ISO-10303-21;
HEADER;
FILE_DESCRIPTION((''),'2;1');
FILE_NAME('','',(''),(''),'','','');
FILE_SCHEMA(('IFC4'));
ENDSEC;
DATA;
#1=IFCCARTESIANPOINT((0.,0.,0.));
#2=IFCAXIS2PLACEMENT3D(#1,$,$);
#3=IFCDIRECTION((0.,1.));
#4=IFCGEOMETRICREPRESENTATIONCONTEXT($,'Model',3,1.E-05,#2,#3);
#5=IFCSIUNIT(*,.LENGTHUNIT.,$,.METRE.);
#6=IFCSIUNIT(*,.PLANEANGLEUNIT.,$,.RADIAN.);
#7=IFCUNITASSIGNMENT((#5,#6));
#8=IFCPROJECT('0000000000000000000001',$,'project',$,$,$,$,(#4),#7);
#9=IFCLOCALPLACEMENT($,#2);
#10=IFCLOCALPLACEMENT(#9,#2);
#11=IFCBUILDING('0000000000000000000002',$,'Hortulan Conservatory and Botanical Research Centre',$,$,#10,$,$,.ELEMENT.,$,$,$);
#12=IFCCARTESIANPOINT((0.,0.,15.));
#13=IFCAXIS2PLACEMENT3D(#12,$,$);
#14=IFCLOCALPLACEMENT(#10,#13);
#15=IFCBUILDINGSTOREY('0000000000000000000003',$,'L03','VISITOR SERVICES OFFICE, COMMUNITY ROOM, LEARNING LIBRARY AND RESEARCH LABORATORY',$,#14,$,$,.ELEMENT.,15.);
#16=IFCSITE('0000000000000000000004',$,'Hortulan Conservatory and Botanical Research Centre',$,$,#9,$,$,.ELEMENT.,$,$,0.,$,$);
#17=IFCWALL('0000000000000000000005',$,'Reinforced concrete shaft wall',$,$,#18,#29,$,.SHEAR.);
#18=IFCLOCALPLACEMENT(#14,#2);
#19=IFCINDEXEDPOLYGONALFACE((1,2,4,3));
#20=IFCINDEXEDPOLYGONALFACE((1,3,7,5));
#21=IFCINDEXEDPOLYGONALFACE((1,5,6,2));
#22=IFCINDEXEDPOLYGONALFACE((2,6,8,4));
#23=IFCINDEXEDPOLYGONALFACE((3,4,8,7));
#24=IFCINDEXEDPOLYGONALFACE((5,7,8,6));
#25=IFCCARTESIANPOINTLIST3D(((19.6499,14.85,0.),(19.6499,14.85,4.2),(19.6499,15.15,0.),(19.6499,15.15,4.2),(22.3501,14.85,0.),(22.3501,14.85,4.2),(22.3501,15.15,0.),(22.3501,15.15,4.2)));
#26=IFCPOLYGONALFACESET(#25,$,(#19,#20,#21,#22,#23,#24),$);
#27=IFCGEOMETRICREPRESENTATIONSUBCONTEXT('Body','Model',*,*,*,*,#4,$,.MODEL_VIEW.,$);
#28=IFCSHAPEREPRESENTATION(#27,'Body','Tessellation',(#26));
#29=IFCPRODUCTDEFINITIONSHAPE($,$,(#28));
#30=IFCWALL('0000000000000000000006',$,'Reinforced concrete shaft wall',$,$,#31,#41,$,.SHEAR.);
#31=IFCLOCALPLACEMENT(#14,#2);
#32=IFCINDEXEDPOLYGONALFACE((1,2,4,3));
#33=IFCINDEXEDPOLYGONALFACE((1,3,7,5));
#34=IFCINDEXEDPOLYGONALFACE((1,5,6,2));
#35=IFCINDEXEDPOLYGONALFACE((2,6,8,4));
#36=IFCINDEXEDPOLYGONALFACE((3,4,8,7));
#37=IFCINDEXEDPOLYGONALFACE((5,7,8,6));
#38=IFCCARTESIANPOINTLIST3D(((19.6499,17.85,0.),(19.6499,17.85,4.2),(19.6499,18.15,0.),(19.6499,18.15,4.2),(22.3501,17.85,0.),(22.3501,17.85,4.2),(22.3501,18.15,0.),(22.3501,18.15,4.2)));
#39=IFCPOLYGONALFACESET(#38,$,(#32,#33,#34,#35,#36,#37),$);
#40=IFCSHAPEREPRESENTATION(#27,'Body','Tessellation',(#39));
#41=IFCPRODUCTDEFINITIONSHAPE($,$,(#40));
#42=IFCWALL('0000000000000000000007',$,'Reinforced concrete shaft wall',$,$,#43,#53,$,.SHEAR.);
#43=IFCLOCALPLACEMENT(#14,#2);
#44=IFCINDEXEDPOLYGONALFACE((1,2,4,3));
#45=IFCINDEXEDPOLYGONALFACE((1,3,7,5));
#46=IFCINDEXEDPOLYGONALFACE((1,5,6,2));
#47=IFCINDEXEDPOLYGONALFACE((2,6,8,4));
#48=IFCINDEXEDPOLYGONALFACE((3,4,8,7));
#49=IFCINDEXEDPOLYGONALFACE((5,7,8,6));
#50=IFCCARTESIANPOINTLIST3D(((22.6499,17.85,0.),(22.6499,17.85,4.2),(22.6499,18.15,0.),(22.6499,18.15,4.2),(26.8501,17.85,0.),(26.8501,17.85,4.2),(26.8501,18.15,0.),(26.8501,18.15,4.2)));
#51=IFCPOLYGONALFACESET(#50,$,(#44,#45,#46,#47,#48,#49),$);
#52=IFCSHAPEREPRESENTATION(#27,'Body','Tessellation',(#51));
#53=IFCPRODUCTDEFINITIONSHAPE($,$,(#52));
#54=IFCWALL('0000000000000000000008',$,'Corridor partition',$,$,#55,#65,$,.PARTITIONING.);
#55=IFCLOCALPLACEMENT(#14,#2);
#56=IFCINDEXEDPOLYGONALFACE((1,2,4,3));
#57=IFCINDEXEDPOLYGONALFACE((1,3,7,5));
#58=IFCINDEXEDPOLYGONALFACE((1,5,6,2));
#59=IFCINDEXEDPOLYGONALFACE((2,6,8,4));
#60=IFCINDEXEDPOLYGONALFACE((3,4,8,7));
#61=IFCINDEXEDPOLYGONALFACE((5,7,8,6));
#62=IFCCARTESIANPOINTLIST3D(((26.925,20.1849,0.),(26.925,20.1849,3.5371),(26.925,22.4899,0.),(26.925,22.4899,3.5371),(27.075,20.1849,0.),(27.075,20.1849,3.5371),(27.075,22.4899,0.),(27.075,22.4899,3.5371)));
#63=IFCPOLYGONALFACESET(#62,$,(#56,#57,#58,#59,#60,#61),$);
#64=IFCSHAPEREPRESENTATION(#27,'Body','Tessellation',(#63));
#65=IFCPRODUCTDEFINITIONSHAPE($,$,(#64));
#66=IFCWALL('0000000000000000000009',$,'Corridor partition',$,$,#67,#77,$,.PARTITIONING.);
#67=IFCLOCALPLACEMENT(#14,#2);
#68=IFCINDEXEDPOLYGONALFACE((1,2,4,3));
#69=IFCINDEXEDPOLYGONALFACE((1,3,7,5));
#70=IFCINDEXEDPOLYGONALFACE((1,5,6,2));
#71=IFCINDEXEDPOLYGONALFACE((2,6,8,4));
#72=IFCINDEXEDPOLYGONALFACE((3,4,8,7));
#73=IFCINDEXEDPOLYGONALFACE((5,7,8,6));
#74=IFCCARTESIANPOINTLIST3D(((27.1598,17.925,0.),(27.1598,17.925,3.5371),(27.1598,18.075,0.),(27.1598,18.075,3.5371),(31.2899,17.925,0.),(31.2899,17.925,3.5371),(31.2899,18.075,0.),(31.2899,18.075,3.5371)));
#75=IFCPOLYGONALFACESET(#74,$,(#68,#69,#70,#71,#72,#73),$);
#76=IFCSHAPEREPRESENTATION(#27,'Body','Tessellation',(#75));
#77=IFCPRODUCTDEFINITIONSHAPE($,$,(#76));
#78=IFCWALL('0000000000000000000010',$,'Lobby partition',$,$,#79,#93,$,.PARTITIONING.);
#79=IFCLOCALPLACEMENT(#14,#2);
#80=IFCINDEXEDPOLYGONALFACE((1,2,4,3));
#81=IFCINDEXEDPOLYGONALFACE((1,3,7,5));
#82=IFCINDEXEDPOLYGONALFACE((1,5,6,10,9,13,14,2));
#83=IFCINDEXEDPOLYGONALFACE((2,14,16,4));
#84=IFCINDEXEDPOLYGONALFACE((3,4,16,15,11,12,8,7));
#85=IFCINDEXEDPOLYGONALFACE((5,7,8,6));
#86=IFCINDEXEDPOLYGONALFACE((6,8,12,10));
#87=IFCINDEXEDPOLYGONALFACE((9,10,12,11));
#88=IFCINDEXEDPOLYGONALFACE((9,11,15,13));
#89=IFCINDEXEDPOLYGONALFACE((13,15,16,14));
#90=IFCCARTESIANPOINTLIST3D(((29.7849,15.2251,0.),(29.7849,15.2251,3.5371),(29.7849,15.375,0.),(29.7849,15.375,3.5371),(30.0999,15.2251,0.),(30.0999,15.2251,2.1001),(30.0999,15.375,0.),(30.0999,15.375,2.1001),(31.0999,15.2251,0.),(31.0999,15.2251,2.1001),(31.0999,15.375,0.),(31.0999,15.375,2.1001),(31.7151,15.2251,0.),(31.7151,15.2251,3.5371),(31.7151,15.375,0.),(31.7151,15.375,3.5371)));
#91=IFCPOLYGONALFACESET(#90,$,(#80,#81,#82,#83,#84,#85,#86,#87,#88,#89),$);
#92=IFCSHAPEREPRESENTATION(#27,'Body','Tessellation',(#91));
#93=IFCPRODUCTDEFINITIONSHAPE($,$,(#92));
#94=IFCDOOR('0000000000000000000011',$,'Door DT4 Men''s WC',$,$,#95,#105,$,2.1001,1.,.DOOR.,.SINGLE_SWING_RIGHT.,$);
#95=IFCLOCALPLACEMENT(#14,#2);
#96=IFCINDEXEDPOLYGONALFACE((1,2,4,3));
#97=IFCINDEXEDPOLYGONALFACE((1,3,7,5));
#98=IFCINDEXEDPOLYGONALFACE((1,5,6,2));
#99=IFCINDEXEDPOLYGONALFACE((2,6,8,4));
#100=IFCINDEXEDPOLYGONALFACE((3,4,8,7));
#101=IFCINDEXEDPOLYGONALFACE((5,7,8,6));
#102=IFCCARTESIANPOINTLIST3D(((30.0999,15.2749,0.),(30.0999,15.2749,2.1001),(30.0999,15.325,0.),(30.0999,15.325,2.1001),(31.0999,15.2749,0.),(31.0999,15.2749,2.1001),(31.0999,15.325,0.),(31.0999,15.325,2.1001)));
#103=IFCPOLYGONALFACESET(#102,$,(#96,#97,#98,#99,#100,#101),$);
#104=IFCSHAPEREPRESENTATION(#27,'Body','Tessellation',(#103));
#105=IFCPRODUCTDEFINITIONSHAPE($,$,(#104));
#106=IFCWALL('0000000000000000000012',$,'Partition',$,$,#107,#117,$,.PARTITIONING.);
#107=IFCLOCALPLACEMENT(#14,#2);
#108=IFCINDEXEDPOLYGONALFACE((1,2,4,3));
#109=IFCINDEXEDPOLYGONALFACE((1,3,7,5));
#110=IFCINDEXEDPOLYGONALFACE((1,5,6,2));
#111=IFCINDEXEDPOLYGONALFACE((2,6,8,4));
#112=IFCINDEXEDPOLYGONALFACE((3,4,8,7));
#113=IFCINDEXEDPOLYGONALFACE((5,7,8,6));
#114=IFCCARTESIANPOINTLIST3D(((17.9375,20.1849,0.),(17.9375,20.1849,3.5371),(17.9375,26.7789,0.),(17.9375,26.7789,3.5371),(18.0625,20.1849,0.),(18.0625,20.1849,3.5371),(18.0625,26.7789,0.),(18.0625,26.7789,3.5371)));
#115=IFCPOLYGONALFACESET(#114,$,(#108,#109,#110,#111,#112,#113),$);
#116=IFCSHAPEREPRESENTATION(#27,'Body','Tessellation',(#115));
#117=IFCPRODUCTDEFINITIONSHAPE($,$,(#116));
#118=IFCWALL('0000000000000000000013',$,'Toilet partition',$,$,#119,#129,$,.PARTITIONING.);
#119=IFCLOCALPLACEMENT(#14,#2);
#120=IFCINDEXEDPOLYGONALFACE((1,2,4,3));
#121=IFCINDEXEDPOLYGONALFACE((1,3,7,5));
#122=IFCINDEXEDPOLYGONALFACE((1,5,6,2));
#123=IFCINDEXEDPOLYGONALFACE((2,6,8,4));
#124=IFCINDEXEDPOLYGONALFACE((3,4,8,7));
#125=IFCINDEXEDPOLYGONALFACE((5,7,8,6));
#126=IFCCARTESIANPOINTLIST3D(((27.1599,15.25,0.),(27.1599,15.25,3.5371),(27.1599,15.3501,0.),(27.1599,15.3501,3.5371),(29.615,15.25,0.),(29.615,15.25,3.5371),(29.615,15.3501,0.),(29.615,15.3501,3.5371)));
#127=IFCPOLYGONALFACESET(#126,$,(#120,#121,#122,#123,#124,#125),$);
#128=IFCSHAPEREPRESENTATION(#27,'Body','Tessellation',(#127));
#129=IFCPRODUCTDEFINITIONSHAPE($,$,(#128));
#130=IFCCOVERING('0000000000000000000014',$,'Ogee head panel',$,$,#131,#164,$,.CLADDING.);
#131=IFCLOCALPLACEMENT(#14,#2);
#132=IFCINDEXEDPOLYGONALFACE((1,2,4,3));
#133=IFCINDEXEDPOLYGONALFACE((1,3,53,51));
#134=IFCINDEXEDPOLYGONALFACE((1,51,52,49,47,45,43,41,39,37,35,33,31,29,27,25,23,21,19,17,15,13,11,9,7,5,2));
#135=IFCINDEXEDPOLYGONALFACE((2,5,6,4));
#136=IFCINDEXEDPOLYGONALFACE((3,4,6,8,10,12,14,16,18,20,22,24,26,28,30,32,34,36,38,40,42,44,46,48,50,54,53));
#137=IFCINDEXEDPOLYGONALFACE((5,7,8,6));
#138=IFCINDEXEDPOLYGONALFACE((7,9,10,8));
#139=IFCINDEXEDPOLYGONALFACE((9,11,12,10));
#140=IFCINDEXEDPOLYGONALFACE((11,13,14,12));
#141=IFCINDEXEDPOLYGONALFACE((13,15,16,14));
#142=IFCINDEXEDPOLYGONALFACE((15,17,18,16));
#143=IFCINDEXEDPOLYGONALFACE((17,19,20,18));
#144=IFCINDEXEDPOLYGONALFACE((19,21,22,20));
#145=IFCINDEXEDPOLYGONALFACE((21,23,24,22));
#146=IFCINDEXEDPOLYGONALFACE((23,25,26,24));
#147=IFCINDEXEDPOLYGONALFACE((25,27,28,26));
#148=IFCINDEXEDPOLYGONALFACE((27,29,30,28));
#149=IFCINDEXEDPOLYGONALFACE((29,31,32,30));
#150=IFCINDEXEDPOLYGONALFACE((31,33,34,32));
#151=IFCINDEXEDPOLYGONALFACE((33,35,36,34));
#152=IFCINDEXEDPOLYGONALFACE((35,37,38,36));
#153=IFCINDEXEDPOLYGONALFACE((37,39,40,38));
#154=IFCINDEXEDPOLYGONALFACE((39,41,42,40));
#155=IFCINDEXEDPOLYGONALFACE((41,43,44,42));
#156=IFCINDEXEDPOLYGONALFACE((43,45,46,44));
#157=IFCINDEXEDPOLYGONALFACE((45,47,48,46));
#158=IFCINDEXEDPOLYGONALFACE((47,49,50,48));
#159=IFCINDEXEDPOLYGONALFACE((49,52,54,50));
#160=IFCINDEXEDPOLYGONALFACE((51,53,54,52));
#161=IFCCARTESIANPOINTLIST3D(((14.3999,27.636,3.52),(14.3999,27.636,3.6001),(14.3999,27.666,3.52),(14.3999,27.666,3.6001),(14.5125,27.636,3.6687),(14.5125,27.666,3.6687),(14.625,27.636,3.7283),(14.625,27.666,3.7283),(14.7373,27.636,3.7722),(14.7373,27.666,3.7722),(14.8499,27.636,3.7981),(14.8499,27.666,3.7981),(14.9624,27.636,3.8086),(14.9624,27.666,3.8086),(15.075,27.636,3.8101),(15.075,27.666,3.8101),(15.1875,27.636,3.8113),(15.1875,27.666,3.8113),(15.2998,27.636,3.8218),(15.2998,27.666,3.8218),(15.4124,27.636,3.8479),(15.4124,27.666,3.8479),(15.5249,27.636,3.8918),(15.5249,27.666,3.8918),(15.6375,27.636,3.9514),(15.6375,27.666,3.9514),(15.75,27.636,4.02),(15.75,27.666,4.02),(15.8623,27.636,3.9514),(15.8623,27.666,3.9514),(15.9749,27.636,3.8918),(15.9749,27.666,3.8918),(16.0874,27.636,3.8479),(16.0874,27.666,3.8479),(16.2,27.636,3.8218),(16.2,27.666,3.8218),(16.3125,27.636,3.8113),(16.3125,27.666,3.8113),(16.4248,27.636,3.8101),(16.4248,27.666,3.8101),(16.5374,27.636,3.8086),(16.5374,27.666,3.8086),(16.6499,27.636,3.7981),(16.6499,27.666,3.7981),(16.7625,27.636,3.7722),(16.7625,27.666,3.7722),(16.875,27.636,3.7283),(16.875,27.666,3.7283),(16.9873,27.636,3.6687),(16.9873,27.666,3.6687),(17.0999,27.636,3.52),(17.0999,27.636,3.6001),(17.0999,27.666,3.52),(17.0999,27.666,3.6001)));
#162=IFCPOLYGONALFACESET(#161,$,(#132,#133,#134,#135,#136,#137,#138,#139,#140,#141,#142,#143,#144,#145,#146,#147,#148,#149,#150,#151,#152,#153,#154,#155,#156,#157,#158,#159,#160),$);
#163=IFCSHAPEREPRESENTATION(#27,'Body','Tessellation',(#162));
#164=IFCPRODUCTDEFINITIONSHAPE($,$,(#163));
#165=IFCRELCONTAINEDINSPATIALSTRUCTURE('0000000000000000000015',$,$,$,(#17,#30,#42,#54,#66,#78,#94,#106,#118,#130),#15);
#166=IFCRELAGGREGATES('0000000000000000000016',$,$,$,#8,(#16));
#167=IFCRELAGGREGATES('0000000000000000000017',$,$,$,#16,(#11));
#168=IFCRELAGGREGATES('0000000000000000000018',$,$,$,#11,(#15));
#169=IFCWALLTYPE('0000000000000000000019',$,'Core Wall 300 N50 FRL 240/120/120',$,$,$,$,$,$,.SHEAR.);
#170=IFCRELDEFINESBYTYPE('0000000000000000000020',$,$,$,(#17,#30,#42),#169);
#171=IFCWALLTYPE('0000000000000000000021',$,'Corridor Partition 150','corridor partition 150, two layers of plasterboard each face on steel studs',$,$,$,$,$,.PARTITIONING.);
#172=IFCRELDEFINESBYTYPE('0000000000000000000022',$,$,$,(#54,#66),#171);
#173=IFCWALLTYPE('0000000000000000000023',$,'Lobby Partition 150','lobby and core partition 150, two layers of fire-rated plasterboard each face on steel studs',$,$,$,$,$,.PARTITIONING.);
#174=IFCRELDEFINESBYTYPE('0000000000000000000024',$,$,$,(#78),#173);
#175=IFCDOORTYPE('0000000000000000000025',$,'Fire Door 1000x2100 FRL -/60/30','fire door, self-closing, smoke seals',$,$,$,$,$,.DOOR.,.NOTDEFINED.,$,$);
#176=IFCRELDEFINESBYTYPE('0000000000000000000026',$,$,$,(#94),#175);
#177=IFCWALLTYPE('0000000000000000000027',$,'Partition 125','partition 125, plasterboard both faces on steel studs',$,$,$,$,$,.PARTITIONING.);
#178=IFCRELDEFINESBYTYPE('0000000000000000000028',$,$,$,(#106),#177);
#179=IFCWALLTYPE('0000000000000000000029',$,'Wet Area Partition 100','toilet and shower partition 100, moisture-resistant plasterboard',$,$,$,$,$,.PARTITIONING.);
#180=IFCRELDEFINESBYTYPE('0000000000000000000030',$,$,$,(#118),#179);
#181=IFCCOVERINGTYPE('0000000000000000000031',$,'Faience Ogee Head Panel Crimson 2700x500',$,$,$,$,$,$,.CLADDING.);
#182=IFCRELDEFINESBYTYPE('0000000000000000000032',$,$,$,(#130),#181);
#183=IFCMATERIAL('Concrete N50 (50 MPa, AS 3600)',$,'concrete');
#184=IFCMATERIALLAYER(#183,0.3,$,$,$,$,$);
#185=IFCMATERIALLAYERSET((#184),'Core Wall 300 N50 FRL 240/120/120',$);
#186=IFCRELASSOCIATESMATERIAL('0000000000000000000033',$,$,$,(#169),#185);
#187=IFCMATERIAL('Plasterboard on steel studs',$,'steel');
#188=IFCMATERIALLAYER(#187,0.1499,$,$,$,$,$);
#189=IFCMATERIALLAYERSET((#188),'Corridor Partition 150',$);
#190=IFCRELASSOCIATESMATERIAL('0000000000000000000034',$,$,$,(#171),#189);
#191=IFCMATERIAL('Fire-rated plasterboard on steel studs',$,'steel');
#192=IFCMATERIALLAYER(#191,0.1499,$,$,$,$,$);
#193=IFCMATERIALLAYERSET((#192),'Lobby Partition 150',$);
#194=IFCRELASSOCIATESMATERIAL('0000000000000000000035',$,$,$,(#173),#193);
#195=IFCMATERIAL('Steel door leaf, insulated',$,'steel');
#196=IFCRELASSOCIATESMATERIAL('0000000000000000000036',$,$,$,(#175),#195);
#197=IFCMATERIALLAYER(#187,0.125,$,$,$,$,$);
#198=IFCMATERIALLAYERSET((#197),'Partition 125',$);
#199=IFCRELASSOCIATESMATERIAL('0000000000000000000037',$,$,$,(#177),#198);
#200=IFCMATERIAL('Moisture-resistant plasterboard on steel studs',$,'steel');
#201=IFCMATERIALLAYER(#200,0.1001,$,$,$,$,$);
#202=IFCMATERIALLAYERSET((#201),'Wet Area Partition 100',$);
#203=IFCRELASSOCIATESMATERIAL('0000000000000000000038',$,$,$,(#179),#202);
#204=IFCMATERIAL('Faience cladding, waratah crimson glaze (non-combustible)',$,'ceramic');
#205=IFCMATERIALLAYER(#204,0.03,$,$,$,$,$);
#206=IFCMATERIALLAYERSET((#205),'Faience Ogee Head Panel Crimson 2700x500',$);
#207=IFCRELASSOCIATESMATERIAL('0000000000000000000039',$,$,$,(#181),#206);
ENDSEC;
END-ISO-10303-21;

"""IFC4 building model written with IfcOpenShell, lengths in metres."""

from ifc_helpers import new_model, si_unit, direction, frame, frame_2d, origin, place, context, subcontext, project, spatial, polyline, rectangle, outline, extrude, material, layer, layer_set, type_object, element, fill, save


model = new_model("IFC4")

# Units and contexts
model_context = context("Model", 3, precision=1e-05, world=origin(), true_north=direction((0.0, 1.0)))
body_context = subcontext(model_context, "Body", "Model", "MODEL_VIEW")
ifc_project = project(units=[si_unit("LENGTHUNIT", "METRE"), si_unit("PLANEANGLEUNIT", "RADIAN")], contexts=[model_context])

# Site, building, storey
site_placement = place(None, origin())
site = spatial("IfcSite", under=ifc_project, at=site_placement, Name="Hortulan Conservatory and Botanical Research Centre", CompositionType="ELEMENT", RefElevation=0.0)
building_placement = place(site_placement, origin())
building = spatial("IfcBuilding", under=site, at=building_placement, Name="Hortulan Conservatory and Botanical Research Centre", CompositionType="ELEMENT")
storey_placement = place(building_placement, frame((0.0, 0.0, 15.0)))
storey = spatial("IfcBuildingStorey", under=building, at=storey_placement, Name="L03", Description="VISITOR SERVICES OFFICE, COMMUNITY ROOM, LEARNING LIBRARY AND RESEARCH LABORATORY", CompositionType="ELEMENT", Elevation=15.0)

# Shared definitions
ifc_material_1 = material(Name="Fire-rated plasterboard on steel studs", Category="steel")

# Shared definitions
ifc_material_2 = material(Name="Steel door leaf, insulated", Category="steel")

# Walls
ifc_material_3 = material(Name="Concrete N50 (50 MPa, AS 3600)", Category="concrete")
ifc_layer_1 = layer(ifc_material_3, 0.3)
ifc_layer_set_1 = layer_set([ifc_layer_1], Name="Core Wall 300 N50 FRL 240/120/120")
wall_type_1 = type_object("IfcWallType", Name="Core Wall 300 N50 FRL 240/120/120", PredefinedType="SHEAR", material=ifc_layer_set_1)
for number, where, z_axis, x_axis, name in (
    (1, (19.6499, 15.0, 0.0), (0.0, 0.0, 1.0), (1.0, 0.0, 0.0), "Reinforced concrete shaft wall"),
    (2, (19.6499, 18.0, 0.0), (0.0, 0.0, 1.0), (1.0, 0.0, 0.0), "Reinforced concrete shaft wall"),
):
    element("IfcWall", number, at=place(storey_placement, frame(where, z_axis=z_axis, x_axis=x_axis)), inside=storey, type_object=wall_type_1, Name=name, PredefinedType="SHEAR", context=body_context, shape_type="SweptSolid", body=[
        extrude(rectangle(XDim=2.7002, YDim=0.3, at=frame_2d((1.3501, 0.0))), origin(), (0.0, 0.0, 1.0), 4.2),
    ])
wall_1_placement = place(storey_placement, frame((22.6499, 18.0, 0.0), z_axis=(0.0, 0.0, 1.0), x_axis=(1.0, 0.0, 0.0)))
element("IfcWall", 3, at=wall_1_placement, inside=storey, type_object=wall_type_1, Name="Reinforced concrete shaft wall", PredefinedType="SHEAR", context=body_context, shape_type="SweptSolid", body=[
    extrude(rectangle(XDim=4.2002, YDim=0.3, at=frame_2d((2.1001, 0.0))), origin(), (0.0, 0.0, 1.0), 4.2),
])
ifc_material_4 = material(Name="Plasterboard on steel studs", Category="steel")
ifc_layer_2 = layer(ifc_material_4, 0.1499)
ifc_layer_set_2 = layer_set([ifc_layer_2], Name="Corridor Partition 150")
wall_type_2 = type_object("IfcWallType", Name="Corridor Partition 150", Description="corridor partition 150, two layers of plasterboard each face on steel studs", PredefinedType="PARTITIONING", material=ifc_layer_set_2)
wall_2_placement = place(storey_placement, frame((27.0, 20.1851, 0.0), z_axis=(0.0, 0.0, 1.0), x_axis=(0.0, 1.0, 0.0)))
element("IfcWall", 4, at=wall_2_placement, inside=storey, type_object=wall_type_2, Name="Corridor partition", PredefinedType="PARTITIONING", context=body_context, shape_type="SweptSolid", body=[
    extrude(rectangle(XDim=2.3049, YDim=0.1499, at=frame_2d((1.1523, 0.0))), origin(), (0.0, 0.0, 1.0), 3.5371),
])
wall_3_placement = place(storey_placement, frame((27.1599, 18.0, 0.0), z_axis=(0.0, 0.0, 1.0), x_axis=(1.0, 0.0, 0.0)))
element("IfcWall", 5, at=wall_3_placement, inside=storey, type_object=wall_type_2, Name="Corridor partition", PredefinedType="PARTITIONING", context=body_context, shape_type="SweptSolid", body=[
    extrude(rectangle(XDim=4.1301, YDim=0.1499, at=frame_2d((2.0649, 0.0))), origin(), (0.0, 0.0, 1.0), 3.5371),
])

# Wall, opening, door
ifc_layer_3 = layer(ifc_material_1, 0.1499)
ifc_layer_set_3 = layer_set([ifc_layer_3], Name="Lobby Partition 150")
wall_type_3 = type_object("IfcWallType", Name="Lobby Partition 150", Description="lobby and core partition 150, two layers of fire-rated plasterboard each face on steel studs", PredefinedType="PARTITIONING", material=ifc_layer_set_3)
wall_4_placement = place(storey_placement, frame((29.7849, 15.3, 0.0), z_axis=(0.0, 0.0, 1.0), x_axis=(1.0, 0.0, 0.0)))
wall_4 = element("IfcWall", 6, at=wall_4_placement, inside=storey, type_object=wall_type_3, Name="Lobby partition", PredefinedType="PARTITIONING", context=body_context, shape_type="SweptSolid", body=[
    extrude(rectangle(XDim=1.9302, YDim=0.1499, at=frame_2d((0.9651, 0.0))), origin(), (0.0, 0.0, 1.0), 3.5371),
])
opening_1_placement = place(wall_4_placement, frame((0.3149, 0.0, 0.0)))
opening_1 = element("IfcOpeningElement", 7, at=opening_1_placement, cuts=wall_4, PredefinedType="OPENING", context=body_context, shape_type="SweptSolid", body=[
    extrude(rectangle(XDim=1.0, YDim=2.1001, at=frame_2d((0.5, 1.05))), frame((0.0, 0.085, 0.0), z_axis=(0.0, -1.0, 0.0), x_axis=(1.0, 0.0, 0.0)), (0.0, 0.0, 1.0), 0.1699),
])
door_type_1 = type_object("IfcDoorType", Name="Fire Door 1000x2100 FRL -/60/30", Description="fire door, self-closing, smoke seals", OperationType="NOTDEFINED", PredefinedType="DOOR", material=ifc_material_2)
door_1_placement = place(opening_1_placement, origin())
door_1 = element("IfcDoor", 8, at=door_1_placement, inside=storey, type_object=door_type_1, Name="Door DT4 Men's WC", OperationType="SINGLE_SWING_RIGHT", OverallHeight=2.1001, OverallWidth=1.0, PredefinedType="DOOR", context=body_context, shape_type="SweptSolid", body=[
    extrude(rectangle(XDim=1.0, YDim=2.1001, at=frame_2d((0.5, 1.05))), frame((0.0, 0.0249, 0.0), z_axis=(0.0, -1.0, 0.0), x_axis=(1.0, 0.0, 0.0)), (0.0, 0.0, 1.0), 0.05),
])
fill(opening_1, door_1)

# Walls
ifc_layer_4 = layer(ifc_material_4, 0.125)
ifc_layer_set_4 = layer_set([ifc_layer_4], Name="Partition 125")
wall_type_4 = type_object("IfcWallType", Name="Partition 125", Description="partition 125, plasterboard both faces on steel studs", PredefinedType="PARTITIONING", material=ifc_layer_set_4)
wall_5_placement = place(storey_placement, frame((18.0, 20.1851, 0.0), z_axis=(0.0, 0.0, 1.0), x_axis=(0.0, 1.0, 0.0)))
element("IfcWall", 9, at=wall_5_placement, inside=storey, type_object=wall_type_4, Name="Partition", PredefinedType="PARTITIONING", context=body_context, shape_type="SweptSolid", body=[
    extrude(rectangle(XDim=6.594, YDim=0.125, at=frame_2d((3.2969, 0.0))), origin(), (0.0, 0.0, 1.0), 3.5371),
])
ifc_material_5 = material(Name="Moisture-resistant plasterboard on steel studs", Category="steel")
ifc_layer_5 = layer(ifc_material_5, 0.1001)
ifc_layer_set_5 = layer_set([ifc_layer_5], Name="Wet Area Partition 100")
wall_type_5 = type_object("IfcWallType", Name="Wet Area Partition 100", Description="toilet and shower partition 100, moisture-resistant plasterboard", PredefinedType="PARTITIONING", material=ifc_layer_set_5)
wall_6_placement = place(storey_placement, frame((27.1599, 15.3, 0.0), z_axis=(0.0, 0.0, 1.0), x_axis=(1.0, 0.0, 0.0)))
element("IfcWall", 10, at=wall_6_placement, inside=storey, type_object=wall_type_5, Name="Toilet partition", PredefinedType="PARTITIONING", context=body_context, shape_type="SweptSolid", body=[
    extrude(rectangle(XDim=2.4551, YDim=0.1001, at=frame_2d((1.2275, 0.0))), origin(), (0.0, 0.0, 1.0), 3.5371),
])

# Covering
ifc_material_6 = material(Name="Faience cladding, waratah crimson glaze (non-combustible)", Category="ceramic")
ifc_layer_6 = layer(ifc_material_6, 0.03)
ifc_layer_set_6 = layer_set([ifc_layer_6], Name="Faience Ogee Head Panel Crimson 2700x500")
covering_type_1 = type_object("IfcCoveringType", Name="Faience Ogee Head Panel Crimson 2700x500", PredefinedType="CLADDING", material=ifc_layer_set_6)
covering_placement = place(storey_placement, frame((14.3999, 27.6509, 3.52), z_axis=(0.0, 0.0, 1.0), x_axis=(1.0, 0.0, 0.0)))
element("IfcCovering", 11, at=covering_placement, inside=storey, type_object=covering_type_1, Name="Ogee head panel", PredefinedType="CLADDING", context=body_context, shape_type="SweptSolid", body=[
    extrude(outline(polyline([(0.0, 0.0), (2.7, 0.0), (2.7, 0.0801), (2.5874, 0.1487), (2.4751, 0.2083), (2.3625, 0.2522), (2.25, 0.2781), (2.1375, 0.2886), (2.0249, 0.29), (1.9126, 0.2913), (1.8, 0.3018), (1.6875, 0.3279), (1.575, 0.3718), (1.4624, 0.4314), (1.3501, 0.5), (1.2375, 0.4314), (1.125, 0.3718), (1.0125, 0.3279), (0.8999, 0.3018), (0.7876, 0.2913), (0.675, 0.29), (0.5625, 0.2886), (0.45, 0.2781), (0.3374, 0.2522), (0.2251, 0.2083), (0.1125, 0.1487), (0.0, 0.0801), (0.0, 0.0)])), frame((0.0, 0.0151, 0.0), z_axis=(0.0, -1.0, 0.0), x_axis=(1.0, 0.0, 0.0)), (0.0, 0.0, 1.0), 0.03),
])

save(model, "model.ifc")
